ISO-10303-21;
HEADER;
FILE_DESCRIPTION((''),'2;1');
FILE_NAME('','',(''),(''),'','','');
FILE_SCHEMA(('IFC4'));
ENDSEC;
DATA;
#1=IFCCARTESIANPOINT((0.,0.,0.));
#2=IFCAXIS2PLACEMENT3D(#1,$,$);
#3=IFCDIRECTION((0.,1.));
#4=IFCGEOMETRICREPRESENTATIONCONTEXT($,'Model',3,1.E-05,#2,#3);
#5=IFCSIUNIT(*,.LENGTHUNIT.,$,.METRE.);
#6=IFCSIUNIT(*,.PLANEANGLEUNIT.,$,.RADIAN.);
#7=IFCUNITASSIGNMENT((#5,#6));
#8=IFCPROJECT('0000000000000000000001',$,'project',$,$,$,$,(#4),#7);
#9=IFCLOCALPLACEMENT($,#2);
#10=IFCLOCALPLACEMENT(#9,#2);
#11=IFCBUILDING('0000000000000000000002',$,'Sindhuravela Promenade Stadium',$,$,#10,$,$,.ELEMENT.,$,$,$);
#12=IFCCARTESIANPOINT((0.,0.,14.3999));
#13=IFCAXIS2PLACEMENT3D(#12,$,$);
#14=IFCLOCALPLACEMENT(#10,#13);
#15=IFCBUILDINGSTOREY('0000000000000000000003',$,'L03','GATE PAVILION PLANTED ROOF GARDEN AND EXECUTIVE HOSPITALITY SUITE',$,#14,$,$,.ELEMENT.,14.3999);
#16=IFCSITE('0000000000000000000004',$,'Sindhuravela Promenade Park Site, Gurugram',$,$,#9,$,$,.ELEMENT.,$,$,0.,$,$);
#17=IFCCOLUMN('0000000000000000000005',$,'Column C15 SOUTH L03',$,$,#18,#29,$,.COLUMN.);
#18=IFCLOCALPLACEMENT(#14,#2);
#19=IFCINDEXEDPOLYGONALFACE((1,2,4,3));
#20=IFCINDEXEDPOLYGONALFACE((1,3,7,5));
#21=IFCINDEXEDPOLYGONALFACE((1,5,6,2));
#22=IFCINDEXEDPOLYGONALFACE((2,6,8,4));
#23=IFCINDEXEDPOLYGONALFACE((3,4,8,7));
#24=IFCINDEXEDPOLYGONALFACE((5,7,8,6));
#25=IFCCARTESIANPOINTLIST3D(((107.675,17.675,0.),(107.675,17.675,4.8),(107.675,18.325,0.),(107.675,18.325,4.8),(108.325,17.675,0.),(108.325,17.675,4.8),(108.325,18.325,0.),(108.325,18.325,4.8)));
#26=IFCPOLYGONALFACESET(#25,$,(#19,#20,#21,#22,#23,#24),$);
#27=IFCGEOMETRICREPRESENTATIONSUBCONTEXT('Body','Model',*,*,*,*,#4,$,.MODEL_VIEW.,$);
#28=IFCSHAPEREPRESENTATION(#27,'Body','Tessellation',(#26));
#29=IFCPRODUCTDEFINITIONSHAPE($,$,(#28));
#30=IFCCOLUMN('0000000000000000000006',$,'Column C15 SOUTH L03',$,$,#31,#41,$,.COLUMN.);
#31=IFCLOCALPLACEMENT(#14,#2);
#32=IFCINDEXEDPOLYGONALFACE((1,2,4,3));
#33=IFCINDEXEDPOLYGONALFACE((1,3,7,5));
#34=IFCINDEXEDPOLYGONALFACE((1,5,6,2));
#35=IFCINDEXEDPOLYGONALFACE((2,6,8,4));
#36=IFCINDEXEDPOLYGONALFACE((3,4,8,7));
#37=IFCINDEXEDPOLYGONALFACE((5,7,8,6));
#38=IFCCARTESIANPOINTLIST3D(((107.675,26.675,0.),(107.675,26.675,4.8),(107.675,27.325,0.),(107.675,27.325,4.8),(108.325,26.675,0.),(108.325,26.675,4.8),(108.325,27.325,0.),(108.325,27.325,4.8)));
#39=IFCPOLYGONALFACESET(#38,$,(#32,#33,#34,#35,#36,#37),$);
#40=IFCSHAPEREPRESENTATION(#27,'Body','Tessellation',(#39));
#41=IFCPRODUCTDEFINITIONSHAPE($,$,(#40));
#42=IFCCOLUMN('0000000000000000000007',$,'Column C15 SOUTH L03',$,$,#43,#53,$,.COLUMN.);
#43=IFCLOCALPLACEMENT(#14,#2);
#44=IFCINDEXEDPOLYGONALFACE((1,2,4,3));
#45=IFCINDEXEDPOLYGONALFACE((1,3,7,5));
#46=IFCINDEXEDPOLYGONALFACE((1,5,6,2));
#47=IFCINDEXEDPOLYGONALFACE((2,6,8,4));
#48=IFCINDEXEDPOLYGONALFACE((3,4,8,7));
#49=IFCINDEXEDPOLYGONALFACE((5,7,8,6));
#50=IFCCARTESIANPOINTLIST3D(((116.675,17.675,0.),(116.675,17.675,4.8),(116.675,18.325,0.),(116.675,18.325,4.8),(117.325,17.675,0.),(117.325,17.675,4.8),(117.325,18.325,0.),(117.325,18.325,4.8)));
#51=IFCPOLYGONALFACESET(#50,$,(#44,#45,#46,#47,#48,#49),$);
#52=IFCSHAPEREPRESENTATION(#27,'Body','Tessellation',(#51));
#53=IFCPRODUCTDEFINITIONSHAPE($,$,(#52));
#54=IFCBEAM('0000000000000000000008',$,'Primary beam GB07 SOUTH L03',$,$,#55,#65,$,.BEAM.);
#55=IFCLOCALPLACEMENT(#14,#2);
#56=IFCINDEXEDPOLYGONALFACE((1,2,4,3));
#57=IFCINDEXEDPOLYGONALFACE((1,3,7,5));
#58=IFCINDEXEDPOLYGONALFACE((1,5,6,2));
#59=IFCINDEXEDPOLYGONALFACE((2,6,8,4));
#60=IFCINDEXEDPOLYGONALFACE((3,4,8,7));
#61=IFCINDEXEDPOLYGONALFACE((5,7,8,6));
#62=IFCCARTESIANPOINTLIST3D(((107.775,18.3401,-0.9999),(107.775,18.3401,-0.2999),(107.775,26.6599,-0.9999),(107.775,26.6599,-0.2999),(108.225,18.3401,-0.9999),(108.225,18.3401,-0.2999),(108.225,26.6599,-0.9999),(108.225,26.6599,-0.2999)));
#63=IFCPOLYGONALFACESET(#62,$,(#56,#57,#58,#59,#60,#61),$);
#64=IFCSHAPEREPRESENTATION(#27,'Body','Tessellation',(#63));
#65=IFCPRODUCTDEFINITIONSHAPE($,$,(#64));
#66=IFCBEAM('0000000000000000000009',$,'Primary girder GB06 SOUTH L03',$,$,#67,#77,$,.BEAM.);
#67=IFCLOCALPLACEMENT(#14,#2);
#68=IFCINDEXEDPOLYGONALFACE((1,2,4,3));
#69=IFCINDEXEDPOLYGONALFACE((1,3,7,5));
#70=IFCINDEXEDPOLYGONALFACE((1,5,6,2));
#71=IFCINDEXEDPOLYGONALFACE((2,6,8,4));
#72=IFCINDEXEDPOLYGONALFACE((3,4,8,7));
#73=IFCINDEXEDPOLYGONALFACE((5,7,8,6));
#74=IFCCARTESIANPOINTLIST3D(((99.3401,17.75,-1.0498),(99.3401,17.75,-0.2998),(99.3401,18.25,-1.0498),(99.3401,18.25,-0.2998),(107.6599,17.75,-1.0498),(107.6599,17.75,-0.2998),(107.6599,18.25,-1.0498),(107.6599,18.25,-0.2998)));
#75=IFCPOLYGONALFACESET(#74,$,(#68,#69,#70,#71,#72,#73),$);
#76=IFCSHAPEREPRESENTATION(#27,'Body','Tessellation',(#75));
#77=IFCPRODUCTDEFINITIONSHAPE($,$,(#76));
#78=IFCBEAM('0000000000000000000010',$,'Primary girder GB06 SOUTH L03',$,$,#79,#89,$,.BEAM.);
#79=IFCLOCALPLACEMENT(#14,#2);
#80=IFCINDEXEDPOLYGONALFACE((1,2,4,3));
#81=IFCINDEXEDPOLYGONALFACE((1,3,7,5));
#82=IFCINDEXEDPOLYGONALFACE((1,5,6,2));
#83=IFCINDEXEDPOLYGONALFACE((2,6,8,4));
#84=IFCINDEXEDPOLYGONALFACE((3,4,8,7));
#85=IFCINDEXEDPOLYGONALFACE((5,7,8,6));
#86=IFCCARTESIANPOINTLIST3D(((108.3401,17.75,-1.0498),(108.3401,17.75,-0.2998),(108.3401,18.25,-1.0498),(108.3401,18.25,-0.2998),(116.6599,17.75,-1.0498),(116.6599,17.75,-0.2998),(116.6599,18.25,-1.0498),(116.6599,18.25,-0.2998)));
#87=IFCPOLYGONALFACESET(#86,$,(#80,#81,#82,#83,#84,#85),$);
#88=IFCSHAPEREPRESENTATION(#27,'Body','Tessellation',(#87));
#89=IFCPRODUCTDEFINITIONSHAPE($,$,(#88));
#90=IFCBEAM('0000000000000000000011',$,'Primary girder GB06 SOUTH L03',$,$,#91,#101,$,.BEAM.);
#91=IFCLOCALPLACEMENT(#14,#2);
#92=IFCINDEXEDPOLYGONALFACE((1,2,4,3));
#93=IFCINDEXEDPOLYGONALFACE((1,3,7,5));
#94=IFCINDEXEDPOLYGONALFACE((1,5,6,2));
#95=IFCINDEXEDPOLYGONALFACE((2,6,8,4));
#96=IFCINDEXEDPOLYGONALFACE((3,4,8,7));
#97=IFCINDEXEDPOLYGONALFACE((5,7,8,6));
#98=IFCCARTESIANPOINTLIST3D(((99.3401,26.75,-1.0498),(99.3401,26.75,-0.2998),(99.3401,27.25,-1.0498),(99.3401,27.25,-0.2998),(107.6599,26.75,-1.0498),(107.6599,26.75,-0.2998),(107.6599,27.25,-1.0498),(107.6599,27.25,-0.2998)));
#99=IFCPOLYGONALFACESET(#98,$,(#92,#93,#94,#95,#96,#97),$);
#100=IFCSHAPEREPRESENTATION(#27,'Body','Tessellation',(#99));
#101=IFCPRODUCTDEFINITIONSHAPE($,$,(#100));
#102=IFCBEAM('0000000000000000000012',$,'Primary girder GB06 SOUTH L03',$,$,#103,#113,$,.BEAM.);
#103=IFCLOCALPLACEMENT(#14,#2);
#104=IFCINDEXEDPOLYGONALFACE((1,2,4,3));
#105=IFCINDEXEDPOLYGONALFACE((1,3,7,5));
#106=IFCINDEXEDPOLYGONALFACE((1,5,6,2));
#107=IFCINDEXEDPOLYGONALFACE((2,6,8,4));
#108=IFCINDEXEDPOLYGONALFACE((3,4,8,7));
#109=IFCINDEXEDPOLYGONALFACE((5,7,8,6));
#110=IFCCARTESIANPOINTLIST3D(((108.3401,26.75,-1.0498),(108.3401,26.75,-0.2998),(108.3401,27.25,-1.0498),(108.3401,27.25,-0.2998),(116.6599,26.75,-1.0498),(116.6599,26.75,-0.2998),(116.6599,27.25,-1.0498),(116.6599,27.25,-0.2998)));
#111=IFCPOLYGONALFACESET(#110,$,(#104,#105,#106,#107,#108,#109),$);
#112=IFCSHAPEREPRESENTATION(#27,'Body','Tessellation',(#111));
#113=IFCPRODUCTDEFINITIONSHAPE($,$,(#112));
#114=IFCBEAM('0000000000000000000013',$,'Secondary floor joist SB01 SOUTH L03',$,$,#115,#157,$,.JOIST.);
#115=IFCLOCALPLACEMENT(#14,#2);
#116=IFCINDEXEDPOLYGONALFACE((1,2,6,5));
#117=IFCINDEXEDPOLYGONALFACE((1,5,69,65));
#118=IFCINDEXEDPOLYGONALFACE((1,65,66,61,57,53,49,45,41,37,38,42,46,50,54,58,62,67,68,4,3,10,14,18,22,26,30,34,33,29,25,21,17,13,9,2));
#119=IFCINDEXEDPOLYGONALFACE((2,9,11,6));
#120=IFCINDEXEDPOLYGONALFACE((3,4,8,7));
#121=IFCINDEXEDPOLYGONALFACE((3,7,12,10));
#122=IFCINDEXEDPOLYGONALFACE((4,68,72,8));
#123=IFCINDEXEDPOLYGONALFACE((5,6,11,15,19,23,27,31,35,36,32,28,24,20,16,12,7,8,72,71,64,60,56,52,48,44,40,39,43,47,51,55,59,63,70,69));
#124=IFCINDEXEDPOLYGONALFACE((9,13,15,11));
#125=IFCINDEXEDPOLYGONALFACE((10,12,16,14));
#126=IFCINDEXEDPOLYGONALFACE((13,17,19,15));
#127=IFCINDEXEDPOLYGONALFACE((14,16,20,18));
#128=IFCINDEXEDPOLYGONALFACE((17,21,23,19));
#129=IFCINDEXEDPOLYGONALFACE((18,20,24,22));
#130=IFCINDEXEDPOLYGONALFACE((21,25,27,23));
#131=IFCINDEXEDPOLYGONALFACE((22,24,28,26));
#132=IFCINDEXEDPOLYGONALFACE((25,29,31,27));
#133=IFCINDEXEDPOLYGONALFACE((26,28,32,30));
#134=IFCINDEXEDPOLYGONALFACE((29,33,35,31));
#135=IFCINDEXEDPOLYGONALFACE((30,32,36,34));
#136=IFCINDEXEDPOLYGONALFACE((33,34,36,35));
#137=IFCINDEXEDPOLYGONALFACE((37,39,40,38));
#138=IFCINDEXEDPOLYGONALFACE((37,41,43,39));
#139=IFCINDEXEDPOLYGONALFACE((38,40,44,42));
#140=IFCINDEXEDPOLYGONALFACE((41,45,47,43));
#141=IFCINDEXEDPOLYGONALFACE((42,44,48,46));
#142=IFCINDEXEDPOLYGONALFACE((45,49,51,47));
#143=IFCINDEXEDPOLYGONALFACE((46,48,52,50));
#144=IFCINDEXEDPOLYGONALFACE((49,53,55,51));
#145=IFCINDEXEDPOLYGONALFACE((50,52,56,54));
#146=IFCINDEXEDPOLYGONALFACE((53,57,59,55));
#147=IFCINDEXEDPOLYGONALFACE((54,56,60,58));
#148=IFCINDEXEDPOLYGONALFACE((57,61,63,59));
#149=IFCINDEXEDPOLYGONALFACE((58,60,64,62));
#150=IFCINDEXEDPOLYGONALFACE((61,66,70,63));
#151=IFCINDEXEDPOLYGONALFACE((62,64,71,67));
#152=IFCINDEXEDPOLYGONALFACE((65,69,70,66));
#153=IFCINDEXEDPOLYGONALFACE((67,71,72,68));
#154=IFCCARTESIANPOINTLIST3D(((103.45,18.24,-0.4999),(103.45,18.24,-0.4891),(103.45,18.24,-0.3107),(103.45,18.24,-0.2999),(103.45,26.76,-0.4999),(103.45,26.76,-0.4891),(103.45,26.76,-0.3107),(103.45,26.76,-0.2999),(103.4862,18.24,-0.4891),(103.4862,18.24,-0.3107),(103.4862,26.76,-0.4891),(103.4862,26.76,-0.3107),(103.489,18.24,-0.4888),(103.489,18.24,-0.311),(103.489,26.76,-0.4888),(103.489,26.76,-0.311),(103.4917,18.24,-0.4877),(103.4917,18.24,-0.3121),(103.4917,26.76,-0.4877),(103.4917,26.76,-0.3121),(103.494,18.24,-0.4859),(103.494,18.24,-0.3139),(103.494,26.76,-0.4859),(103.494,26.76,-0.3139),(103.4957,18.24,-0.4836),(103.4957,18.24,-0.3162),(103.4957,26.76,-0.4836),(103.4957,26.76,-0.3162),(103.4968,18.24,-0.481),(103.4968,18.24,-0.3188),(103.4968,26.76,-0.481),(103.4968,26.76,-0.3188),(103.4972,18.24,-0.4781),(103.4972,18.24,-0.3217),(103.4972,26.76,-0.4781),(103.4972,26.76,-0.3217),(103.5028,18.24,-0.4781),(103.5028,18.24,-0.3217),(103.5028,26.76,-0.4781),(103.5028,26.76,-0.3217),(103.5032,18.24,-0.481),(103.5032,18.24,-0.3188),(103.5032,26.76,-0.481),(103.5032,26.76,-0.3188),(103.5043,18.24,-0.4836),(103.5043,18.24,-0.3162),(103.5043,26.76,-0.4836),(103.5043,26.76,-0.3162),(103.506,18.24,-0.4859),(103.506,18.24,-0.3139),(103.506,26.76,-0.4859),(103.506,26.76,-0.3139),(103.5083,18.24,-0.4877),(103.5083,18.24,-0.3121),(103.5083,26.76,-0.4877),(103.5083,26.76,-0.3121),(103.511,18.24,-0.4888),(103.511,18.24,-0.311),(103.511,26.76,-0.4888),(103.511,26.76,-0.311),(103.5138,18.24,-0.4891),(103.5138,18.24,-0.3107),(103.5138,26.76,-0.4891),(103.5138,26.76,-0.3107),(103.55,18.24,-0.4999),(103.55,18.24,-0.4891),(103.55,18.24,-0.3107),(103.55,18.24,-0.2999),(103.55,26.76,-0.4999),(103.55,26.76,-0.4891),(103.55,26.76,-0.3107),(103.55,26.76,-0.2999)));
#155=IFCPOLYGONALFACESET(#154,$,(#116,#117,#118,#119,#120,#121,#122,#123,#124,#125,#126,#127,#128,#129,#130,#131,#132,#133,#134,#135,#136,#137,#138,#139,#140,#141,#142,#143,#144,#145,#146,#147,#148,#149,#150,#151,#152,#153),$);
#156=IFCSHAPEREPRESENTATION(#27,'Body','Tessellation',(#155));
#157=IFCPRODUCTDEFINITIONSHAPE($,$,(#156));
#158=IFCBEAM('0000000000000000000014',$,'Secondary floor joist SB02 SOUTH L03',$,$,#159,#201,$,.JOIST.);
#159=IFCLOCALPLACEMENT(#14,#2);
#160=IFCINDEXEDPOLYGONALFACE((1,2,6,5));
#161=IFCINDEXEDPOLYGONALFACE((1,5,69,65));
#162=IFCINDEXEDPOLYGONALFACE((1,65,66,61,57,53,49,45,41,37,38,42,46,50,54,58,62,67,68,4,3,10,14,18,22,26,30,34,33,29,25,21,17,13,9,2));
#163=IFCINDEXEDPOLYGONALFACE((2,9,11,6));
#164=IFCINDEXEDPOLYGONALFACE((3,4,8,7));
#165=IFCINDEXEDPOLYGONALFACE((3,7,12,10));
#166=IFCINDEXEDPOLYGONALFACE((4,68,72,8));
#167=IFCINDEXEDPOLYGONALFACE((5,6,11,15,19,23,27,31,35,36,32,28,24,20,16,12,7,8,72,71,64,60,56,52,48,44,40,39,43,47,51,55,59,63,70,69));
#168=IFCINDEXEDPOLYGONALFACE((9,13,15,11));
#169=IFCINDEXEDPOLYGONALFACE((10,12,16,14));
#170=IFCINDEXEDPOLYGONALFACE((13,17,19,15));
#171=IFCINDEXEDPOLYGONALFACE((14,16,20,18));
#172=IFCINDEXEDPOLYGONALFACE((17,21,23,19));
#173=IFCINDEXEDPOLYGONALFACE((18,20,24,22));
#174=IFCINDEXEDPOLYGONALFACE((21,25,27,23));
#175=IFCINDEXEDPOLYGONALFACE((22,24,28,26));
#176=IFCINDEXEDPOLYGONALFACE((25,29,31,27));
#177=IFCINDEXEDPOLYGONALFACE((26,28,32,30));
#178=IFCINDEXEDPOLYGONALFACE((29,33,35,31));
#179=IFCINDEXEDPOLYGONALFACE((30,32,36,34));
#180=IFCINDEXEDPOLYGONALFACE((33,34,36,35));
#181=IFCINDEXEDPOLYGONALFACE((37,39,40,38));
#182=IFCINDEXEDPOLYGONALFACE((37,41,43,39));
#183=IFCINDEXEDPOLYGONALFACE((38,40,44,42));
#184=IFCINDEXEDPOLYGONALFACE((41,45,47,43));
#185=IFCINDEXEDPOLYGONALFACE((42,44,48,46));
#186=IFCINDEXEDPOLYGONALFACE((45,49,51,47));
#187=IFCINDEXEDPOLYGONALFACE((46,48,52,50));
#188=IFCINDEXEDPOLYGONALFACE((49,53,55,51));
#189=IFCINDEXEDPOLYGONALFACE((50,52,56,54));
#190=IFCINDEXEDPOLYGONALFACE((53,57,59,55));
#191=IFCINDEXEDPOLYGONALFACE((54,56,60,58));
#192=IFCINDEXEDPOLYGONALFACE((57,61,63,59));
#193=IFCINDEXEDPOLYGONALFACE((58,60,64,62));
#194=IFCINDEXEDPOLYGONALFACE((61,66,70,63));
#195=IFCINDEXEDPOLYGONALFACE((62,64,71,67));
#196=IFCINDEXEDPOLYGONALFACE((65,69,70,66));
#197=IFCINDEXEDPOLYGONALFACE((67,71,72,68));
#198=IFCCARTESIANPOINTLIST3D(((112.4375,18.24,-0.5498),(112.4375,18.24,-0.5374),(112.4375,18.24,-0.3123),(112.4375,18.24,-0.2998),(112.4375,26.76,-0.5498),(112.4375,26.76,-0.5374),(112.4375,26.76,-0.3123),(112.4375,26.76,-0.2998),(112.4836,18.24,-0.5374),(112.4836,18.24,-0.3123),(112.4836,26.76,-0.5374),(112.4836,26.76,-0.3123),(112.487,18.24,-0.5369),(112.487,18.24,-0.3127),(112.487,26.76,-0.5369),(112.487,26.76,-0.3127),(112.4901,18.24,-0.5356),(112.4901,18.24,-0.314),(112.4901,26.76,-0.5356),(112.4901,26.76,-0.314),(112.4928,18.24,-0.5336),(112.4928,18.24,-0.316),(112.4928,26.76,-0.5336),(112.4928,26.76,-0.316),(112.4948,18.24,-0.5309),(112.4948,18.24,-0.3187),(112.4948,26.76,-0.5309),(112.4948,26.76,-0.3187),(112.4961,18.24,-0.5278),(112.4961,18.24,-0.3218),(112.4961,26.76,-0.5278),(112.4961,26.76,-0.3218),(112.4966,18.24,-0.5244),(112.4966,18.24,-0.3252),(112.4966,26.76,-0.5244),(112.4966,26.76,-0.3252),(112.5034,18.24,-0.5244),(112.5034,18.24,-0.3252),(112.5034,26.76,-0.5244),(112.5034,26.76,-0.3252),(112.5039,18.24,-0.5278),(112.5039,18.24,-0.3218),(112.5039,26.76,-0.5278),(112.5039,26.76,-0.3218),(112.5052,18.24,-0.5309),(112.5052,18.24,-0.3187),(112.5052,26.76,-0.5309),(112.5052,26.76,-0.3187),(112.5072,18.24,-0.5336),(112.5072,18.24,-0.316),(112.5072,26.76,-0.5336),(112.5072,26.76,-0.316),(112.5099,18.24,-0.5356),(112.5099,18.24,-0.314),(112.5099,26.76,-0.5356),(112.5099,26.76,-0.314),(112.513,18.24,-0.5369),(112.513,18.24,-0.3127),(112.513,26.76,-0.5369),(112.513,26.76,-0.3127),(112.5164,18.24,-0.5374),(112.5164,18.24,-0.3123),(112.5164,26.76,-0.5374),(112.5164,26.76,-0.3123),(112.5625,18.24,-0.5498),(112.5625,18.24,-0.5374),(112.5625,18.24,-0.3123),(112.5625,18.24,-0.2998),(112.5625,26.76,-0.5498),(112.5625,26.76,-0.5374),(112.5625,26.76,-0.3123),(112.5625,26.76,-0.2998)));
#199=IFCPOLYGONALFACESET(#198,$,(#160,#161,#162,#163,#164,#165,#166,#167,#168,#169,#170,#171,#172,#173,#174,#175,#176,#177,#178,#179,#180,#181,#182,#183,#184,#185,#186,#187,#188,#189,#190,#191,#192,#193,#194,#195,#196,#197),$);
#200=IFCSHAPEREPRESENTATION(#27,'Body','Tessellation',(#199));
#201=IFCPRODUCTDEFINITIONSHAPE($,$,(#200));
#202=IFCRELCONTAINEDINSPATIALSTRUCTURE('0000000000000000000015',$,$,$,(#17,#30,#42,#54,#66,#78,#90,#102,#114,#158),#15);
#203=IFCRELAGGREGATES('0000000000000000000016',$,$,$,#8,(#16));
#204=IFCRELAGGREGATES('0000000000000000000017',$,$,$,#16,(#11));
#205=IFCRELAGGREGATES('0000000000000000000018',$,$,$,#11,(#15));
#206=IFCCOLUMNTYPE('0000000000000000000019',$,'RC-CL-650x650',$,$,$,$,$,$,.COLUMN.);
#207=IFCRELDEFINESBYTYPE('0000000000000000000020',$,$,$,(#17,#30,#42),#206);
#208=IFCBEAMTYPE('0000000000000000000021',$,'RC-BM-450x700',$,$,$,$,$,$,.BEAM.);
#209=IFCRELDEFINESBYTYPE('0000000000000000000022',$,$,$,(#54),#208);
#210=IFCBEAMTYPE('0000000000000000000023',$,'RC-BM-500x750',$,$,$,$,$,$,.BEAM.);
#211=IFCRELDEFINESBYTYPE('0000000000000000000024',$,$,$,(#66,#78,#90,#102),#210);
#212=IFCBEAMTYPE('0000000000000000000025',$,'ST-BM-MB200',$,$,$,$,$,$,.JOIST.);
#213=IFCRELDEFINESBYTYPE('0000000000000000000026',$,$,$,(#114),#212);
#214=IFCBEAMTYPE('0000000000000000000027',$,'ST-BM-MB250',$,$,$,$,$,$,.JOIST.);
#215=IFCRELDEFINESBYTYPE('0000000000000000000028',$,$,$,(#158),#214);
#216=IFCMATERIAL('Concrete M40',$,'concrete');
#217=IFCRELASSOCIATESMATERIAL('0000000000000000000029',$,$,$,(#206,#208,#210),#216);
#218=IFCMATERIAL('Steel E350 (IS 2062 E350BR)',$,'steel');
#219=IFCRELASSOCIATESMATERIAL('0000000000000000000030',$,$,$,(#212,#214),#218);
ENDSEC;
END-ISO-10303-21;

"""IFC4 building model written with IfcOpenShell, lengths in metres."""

from ifc_helpers import new_model, si_unit, direction, frame, origin, origin_2d, place, context, subcontext, project, spatial, rectangle, i_section, extrude, material, material_profile, profile_set, type_object, element, save


model = new_model("IFC4")

# Units and contexts
model_context = context("Model", 3, precision=1e-05, world=origin(), true_north=direction((0.0, 1.0)))
body_context = subcontext(model_context, "Body", "Model", "MODEL_VIEW")
ifc_project = project(units=[si_unit("LENGTHUNIT", "METRE"), si_unit("PLANEANGLEUNIT", "RADIAN")], contexts=[model_context])

# Site, building, storey
site_placement = place(None, origin())
site = spatial("IfcSite", under=ifc_project, at=site_placement, Name="Sindhuravela Promenade Park Site, Gurugram", CompositionType="ELEMENT", RefElevation=0.0)
building_placement = place(site_placement, origin())
building = spatial("IfcBuilding", under=site, at=building_placement, Name="Sindhuravela Promenade Stadium", CompositionType="ELEMENT")
storey_placement = place(building_placement, frame((0.0, 0.0, 14.3999)))
storey = spatial("IfcBuildingStorey", under=building, at=storey_placement, Name="L03", Description="GATE PAVILION PLANTED ROOF GARDEN AND EXECUTIVE HOSPITALITY SUITE", CompositionType="ELEMENT", Elevation=14.3999)

# Columns
ifc_material_1 = material(Name="Concrete M40", Category="concrete")
ifc_material_profile_1 = material_profile(ifc_material_1, rectangle(XDim=0.6499, YDim=0.6499, at=origin_2d()), Name="RC 650x650")
ifc_profile_set_1 = profile_set([ifc_material_profile_1], Name="Concrete M40")
column_type = type_object("IfcColumnType", Name="RC-CL-650x650", PredefinedType="COLUMN", material=ifc_profile_set_1)
for number, where, z_axis, x_axis, name in (
    (1, (108.0, 18.0, 0.0), (0.0, 0.0, 1.0), (1.0, 0.0, 0.0), "Column C15 SOUTH L03"),
    (2, (108.0, 27.0, 0.0), (0.0, 0.0, 1.0), (1.0, 0.0, 0.0), "Column C15 SOUTH L03"),
    (3, (117.0, 18.0, 0.0), (0.0, 0.0, 1.0), (1.0, 0.0, 0.0), "Column C15 SOUTH L03"),
):
    element("IfcColumn", number, at=place(storey_placement, frame(where, z_axis=z_axis, x_axis=x_axis)), inside=storey, type_object=column_type, Name=name, PredefinedType="COLUMN", context=body_context, shape_type="SweptSolid", body=[
        extrude(rectangle(XDim=0.6499, YDim=0.6499, at=origin_2d()), origin(), (0.0, 0.0, 1.0), 4.8),
    ])

# Beams
ifc_material_profile_2 = material_profile(ifc_material_1, rectangle(XDim=0.45, YDim=0.7, at=origin_2d()), Name="RC 450x700")
ifc_profile_set_2 = profile_set([ifc_material_profile_2], Name="Concrete M40")
beam_type_1 = type_object("IfcBeamType", Name="RC-BM-450x700", PredefinedType="BEAM", material=ifc_profile_set_2)
beam_1_placement = place(storey_placement, frame((108.0, 18.3401, -0.6499), z_axis=(0.0, 1.0, 0.0), x_axis=(-1.0, 0.0, 0.0)))
element("IfcBeam", 4, at=beam_1_placement, inside=storey, type_object=beam_type_1, Name="Primary beam GB07 SOUTH L03", PredefinedType="BEAM", context=body_context, shape_type="SweptSolid", body=[
    extrude(rectangle(XDim=0.45, YDim=0.7, at=origin_2d()), origin(), (0.0, 0.0, 1.0), 8.3198),
])
ifc_material_profile_3 = material_profile(ifc_material_1, rectangle(XDim=0.5, YDim=0.75, at=origin_2d()), Name="RC 500x750")
ifc_profile_set_3 = profile_set([ifc_material_profile_3], Name="Concrete M40")
beam_type_2 = type_object("IfcBeamType", Name="RC-BM-500x750", PredefinedType="BEAM", material=ifc_profile_set_3)
for number, where, z_axis, x_axis, name in (
    (5, (99.3401, 18.0, -0.6748), (1.0, 0.0, 0.0), (0.0, 1.0, 0.0), "Primary girder GB06 SOUTH L03"),
    (6, (108.3401, 18.0, -0.6748), (1.0, 0.0, 0.0), (0.0, 1.0, 0.0), "Primary girder GB06 SOUTH L03"),
    (7, (99.3401, 27.0, -0.6748), (1.0, 0.0, 0.0), (0.0, 1.0, 0.0), "Primary girder GB06 SOUTH L03"),
    (8, (108.3401, 27.0, -0.6748), (1.0, 0.0, 0.0), (0.0, 1.0, 0.0), "Primary girder GB06 SOUTH L03"),
):
    element("IfcBeam", number, at=place(storey_placement, frame(where, z_axis=z_axis, x_axis=x_axis)), inside=storey, type_object=beam_type_2, Name=name, PredefinedType="BEAM", context=body_context, shape_type="SweptSolid", body=[
        extrude(rectangle(XDim=0.5, YDim=0.75, at=origin_2d()), origin(), (0.0, 0.0, 1.0), 8.3198),
    ])
ifc_material_2 = material(Name="Steel E350 (IS 2062 E350BR)", Category="steel")
ifc_material_profile_4 = material_profile(ifc_material_2, i_section(OverallWidth=0.1001, OverallDepth=0.2, WebThickness=0.0056, FlangeThickness=0.0107, FilletRadius=0.011, at=origin_2d()), Name="ISMB 200")
ifc_profile_set_4 = profile_set([ifc_material_profile_4], Name="Steel E350 (IS 2062 E350BR)")
beam_type_3 = type_object("IfcBeamType", Name="ST-BM-MB200", PredefinedType="JOIST", material=ifc_profile_set_4)
beam_2_placement = place(storey_placement, frame((103.5, 18.24, -0.3999), z_axis=(0.0, 1.0, 0.0), x_axis=(-1.0, 0.0, 0.0)))
element("IfcBeam", 9, at=beam_2_placement, inside=storey, type_object=beam_type_3, Name="Secondary floor joist SB01 SOUTH L03", PredefinedType="JOIST", context=body_context, shape_type="SweptSolid", body=[
    extrude(i_section(OverallWidth=0.1001, OverallDepth=0.2, WebThickness=0.0056, FlangeThickness=0.0107, FilletRadius=0.011, at=origin_2d()), origin(), (0.0, 0.0, 1.0), 8.52),
])
ifc_material_profile_5 = material_profile(ifc_material_2, i_section(OverallWidth=0.125, OverallDepth=0.25, WebThickness=0.0068, FlangeThickness=0.0125, FilletRadius=0.0129, at=origin_2d()), Name="ISMB 250")
ifc_profile_set_5 = profile_set([ifc_material_profile_5], Name="Steel E350 (IS 2062 E350BR)")
beam_type_4 = type_object("IfcBeamType", Name="ST-BM-MB250", PredefinedType="JOIST", material=ifc_profile_set_5)
beam_3_placement = place(storey_placement, frame((112.5, 18.24, -0.4248), z_axis=(0.0, 1.0, 0.0), x_axis=(-1.0, 0.0, 0.0)))
element("IfcBeam", 10, at=beam_3_placement, inside=storey, type_object=beam_type_4, Name="Secondary floor joist SB02 SOUTH L03", PredefinedType="JOIST", context=body_context, shape_type="SweptSolid", body=[
    extrude(i_section(OverallWidth=0.125, OverallDepth=0.25, WebThickness=0.0068, FlangeThickness=0.0125, FilletRadius=0.0129, at=origin_2d()), origin(), (0.0, 0.0, 1.0), 8.52),
])

save(model, "model.ifc")
